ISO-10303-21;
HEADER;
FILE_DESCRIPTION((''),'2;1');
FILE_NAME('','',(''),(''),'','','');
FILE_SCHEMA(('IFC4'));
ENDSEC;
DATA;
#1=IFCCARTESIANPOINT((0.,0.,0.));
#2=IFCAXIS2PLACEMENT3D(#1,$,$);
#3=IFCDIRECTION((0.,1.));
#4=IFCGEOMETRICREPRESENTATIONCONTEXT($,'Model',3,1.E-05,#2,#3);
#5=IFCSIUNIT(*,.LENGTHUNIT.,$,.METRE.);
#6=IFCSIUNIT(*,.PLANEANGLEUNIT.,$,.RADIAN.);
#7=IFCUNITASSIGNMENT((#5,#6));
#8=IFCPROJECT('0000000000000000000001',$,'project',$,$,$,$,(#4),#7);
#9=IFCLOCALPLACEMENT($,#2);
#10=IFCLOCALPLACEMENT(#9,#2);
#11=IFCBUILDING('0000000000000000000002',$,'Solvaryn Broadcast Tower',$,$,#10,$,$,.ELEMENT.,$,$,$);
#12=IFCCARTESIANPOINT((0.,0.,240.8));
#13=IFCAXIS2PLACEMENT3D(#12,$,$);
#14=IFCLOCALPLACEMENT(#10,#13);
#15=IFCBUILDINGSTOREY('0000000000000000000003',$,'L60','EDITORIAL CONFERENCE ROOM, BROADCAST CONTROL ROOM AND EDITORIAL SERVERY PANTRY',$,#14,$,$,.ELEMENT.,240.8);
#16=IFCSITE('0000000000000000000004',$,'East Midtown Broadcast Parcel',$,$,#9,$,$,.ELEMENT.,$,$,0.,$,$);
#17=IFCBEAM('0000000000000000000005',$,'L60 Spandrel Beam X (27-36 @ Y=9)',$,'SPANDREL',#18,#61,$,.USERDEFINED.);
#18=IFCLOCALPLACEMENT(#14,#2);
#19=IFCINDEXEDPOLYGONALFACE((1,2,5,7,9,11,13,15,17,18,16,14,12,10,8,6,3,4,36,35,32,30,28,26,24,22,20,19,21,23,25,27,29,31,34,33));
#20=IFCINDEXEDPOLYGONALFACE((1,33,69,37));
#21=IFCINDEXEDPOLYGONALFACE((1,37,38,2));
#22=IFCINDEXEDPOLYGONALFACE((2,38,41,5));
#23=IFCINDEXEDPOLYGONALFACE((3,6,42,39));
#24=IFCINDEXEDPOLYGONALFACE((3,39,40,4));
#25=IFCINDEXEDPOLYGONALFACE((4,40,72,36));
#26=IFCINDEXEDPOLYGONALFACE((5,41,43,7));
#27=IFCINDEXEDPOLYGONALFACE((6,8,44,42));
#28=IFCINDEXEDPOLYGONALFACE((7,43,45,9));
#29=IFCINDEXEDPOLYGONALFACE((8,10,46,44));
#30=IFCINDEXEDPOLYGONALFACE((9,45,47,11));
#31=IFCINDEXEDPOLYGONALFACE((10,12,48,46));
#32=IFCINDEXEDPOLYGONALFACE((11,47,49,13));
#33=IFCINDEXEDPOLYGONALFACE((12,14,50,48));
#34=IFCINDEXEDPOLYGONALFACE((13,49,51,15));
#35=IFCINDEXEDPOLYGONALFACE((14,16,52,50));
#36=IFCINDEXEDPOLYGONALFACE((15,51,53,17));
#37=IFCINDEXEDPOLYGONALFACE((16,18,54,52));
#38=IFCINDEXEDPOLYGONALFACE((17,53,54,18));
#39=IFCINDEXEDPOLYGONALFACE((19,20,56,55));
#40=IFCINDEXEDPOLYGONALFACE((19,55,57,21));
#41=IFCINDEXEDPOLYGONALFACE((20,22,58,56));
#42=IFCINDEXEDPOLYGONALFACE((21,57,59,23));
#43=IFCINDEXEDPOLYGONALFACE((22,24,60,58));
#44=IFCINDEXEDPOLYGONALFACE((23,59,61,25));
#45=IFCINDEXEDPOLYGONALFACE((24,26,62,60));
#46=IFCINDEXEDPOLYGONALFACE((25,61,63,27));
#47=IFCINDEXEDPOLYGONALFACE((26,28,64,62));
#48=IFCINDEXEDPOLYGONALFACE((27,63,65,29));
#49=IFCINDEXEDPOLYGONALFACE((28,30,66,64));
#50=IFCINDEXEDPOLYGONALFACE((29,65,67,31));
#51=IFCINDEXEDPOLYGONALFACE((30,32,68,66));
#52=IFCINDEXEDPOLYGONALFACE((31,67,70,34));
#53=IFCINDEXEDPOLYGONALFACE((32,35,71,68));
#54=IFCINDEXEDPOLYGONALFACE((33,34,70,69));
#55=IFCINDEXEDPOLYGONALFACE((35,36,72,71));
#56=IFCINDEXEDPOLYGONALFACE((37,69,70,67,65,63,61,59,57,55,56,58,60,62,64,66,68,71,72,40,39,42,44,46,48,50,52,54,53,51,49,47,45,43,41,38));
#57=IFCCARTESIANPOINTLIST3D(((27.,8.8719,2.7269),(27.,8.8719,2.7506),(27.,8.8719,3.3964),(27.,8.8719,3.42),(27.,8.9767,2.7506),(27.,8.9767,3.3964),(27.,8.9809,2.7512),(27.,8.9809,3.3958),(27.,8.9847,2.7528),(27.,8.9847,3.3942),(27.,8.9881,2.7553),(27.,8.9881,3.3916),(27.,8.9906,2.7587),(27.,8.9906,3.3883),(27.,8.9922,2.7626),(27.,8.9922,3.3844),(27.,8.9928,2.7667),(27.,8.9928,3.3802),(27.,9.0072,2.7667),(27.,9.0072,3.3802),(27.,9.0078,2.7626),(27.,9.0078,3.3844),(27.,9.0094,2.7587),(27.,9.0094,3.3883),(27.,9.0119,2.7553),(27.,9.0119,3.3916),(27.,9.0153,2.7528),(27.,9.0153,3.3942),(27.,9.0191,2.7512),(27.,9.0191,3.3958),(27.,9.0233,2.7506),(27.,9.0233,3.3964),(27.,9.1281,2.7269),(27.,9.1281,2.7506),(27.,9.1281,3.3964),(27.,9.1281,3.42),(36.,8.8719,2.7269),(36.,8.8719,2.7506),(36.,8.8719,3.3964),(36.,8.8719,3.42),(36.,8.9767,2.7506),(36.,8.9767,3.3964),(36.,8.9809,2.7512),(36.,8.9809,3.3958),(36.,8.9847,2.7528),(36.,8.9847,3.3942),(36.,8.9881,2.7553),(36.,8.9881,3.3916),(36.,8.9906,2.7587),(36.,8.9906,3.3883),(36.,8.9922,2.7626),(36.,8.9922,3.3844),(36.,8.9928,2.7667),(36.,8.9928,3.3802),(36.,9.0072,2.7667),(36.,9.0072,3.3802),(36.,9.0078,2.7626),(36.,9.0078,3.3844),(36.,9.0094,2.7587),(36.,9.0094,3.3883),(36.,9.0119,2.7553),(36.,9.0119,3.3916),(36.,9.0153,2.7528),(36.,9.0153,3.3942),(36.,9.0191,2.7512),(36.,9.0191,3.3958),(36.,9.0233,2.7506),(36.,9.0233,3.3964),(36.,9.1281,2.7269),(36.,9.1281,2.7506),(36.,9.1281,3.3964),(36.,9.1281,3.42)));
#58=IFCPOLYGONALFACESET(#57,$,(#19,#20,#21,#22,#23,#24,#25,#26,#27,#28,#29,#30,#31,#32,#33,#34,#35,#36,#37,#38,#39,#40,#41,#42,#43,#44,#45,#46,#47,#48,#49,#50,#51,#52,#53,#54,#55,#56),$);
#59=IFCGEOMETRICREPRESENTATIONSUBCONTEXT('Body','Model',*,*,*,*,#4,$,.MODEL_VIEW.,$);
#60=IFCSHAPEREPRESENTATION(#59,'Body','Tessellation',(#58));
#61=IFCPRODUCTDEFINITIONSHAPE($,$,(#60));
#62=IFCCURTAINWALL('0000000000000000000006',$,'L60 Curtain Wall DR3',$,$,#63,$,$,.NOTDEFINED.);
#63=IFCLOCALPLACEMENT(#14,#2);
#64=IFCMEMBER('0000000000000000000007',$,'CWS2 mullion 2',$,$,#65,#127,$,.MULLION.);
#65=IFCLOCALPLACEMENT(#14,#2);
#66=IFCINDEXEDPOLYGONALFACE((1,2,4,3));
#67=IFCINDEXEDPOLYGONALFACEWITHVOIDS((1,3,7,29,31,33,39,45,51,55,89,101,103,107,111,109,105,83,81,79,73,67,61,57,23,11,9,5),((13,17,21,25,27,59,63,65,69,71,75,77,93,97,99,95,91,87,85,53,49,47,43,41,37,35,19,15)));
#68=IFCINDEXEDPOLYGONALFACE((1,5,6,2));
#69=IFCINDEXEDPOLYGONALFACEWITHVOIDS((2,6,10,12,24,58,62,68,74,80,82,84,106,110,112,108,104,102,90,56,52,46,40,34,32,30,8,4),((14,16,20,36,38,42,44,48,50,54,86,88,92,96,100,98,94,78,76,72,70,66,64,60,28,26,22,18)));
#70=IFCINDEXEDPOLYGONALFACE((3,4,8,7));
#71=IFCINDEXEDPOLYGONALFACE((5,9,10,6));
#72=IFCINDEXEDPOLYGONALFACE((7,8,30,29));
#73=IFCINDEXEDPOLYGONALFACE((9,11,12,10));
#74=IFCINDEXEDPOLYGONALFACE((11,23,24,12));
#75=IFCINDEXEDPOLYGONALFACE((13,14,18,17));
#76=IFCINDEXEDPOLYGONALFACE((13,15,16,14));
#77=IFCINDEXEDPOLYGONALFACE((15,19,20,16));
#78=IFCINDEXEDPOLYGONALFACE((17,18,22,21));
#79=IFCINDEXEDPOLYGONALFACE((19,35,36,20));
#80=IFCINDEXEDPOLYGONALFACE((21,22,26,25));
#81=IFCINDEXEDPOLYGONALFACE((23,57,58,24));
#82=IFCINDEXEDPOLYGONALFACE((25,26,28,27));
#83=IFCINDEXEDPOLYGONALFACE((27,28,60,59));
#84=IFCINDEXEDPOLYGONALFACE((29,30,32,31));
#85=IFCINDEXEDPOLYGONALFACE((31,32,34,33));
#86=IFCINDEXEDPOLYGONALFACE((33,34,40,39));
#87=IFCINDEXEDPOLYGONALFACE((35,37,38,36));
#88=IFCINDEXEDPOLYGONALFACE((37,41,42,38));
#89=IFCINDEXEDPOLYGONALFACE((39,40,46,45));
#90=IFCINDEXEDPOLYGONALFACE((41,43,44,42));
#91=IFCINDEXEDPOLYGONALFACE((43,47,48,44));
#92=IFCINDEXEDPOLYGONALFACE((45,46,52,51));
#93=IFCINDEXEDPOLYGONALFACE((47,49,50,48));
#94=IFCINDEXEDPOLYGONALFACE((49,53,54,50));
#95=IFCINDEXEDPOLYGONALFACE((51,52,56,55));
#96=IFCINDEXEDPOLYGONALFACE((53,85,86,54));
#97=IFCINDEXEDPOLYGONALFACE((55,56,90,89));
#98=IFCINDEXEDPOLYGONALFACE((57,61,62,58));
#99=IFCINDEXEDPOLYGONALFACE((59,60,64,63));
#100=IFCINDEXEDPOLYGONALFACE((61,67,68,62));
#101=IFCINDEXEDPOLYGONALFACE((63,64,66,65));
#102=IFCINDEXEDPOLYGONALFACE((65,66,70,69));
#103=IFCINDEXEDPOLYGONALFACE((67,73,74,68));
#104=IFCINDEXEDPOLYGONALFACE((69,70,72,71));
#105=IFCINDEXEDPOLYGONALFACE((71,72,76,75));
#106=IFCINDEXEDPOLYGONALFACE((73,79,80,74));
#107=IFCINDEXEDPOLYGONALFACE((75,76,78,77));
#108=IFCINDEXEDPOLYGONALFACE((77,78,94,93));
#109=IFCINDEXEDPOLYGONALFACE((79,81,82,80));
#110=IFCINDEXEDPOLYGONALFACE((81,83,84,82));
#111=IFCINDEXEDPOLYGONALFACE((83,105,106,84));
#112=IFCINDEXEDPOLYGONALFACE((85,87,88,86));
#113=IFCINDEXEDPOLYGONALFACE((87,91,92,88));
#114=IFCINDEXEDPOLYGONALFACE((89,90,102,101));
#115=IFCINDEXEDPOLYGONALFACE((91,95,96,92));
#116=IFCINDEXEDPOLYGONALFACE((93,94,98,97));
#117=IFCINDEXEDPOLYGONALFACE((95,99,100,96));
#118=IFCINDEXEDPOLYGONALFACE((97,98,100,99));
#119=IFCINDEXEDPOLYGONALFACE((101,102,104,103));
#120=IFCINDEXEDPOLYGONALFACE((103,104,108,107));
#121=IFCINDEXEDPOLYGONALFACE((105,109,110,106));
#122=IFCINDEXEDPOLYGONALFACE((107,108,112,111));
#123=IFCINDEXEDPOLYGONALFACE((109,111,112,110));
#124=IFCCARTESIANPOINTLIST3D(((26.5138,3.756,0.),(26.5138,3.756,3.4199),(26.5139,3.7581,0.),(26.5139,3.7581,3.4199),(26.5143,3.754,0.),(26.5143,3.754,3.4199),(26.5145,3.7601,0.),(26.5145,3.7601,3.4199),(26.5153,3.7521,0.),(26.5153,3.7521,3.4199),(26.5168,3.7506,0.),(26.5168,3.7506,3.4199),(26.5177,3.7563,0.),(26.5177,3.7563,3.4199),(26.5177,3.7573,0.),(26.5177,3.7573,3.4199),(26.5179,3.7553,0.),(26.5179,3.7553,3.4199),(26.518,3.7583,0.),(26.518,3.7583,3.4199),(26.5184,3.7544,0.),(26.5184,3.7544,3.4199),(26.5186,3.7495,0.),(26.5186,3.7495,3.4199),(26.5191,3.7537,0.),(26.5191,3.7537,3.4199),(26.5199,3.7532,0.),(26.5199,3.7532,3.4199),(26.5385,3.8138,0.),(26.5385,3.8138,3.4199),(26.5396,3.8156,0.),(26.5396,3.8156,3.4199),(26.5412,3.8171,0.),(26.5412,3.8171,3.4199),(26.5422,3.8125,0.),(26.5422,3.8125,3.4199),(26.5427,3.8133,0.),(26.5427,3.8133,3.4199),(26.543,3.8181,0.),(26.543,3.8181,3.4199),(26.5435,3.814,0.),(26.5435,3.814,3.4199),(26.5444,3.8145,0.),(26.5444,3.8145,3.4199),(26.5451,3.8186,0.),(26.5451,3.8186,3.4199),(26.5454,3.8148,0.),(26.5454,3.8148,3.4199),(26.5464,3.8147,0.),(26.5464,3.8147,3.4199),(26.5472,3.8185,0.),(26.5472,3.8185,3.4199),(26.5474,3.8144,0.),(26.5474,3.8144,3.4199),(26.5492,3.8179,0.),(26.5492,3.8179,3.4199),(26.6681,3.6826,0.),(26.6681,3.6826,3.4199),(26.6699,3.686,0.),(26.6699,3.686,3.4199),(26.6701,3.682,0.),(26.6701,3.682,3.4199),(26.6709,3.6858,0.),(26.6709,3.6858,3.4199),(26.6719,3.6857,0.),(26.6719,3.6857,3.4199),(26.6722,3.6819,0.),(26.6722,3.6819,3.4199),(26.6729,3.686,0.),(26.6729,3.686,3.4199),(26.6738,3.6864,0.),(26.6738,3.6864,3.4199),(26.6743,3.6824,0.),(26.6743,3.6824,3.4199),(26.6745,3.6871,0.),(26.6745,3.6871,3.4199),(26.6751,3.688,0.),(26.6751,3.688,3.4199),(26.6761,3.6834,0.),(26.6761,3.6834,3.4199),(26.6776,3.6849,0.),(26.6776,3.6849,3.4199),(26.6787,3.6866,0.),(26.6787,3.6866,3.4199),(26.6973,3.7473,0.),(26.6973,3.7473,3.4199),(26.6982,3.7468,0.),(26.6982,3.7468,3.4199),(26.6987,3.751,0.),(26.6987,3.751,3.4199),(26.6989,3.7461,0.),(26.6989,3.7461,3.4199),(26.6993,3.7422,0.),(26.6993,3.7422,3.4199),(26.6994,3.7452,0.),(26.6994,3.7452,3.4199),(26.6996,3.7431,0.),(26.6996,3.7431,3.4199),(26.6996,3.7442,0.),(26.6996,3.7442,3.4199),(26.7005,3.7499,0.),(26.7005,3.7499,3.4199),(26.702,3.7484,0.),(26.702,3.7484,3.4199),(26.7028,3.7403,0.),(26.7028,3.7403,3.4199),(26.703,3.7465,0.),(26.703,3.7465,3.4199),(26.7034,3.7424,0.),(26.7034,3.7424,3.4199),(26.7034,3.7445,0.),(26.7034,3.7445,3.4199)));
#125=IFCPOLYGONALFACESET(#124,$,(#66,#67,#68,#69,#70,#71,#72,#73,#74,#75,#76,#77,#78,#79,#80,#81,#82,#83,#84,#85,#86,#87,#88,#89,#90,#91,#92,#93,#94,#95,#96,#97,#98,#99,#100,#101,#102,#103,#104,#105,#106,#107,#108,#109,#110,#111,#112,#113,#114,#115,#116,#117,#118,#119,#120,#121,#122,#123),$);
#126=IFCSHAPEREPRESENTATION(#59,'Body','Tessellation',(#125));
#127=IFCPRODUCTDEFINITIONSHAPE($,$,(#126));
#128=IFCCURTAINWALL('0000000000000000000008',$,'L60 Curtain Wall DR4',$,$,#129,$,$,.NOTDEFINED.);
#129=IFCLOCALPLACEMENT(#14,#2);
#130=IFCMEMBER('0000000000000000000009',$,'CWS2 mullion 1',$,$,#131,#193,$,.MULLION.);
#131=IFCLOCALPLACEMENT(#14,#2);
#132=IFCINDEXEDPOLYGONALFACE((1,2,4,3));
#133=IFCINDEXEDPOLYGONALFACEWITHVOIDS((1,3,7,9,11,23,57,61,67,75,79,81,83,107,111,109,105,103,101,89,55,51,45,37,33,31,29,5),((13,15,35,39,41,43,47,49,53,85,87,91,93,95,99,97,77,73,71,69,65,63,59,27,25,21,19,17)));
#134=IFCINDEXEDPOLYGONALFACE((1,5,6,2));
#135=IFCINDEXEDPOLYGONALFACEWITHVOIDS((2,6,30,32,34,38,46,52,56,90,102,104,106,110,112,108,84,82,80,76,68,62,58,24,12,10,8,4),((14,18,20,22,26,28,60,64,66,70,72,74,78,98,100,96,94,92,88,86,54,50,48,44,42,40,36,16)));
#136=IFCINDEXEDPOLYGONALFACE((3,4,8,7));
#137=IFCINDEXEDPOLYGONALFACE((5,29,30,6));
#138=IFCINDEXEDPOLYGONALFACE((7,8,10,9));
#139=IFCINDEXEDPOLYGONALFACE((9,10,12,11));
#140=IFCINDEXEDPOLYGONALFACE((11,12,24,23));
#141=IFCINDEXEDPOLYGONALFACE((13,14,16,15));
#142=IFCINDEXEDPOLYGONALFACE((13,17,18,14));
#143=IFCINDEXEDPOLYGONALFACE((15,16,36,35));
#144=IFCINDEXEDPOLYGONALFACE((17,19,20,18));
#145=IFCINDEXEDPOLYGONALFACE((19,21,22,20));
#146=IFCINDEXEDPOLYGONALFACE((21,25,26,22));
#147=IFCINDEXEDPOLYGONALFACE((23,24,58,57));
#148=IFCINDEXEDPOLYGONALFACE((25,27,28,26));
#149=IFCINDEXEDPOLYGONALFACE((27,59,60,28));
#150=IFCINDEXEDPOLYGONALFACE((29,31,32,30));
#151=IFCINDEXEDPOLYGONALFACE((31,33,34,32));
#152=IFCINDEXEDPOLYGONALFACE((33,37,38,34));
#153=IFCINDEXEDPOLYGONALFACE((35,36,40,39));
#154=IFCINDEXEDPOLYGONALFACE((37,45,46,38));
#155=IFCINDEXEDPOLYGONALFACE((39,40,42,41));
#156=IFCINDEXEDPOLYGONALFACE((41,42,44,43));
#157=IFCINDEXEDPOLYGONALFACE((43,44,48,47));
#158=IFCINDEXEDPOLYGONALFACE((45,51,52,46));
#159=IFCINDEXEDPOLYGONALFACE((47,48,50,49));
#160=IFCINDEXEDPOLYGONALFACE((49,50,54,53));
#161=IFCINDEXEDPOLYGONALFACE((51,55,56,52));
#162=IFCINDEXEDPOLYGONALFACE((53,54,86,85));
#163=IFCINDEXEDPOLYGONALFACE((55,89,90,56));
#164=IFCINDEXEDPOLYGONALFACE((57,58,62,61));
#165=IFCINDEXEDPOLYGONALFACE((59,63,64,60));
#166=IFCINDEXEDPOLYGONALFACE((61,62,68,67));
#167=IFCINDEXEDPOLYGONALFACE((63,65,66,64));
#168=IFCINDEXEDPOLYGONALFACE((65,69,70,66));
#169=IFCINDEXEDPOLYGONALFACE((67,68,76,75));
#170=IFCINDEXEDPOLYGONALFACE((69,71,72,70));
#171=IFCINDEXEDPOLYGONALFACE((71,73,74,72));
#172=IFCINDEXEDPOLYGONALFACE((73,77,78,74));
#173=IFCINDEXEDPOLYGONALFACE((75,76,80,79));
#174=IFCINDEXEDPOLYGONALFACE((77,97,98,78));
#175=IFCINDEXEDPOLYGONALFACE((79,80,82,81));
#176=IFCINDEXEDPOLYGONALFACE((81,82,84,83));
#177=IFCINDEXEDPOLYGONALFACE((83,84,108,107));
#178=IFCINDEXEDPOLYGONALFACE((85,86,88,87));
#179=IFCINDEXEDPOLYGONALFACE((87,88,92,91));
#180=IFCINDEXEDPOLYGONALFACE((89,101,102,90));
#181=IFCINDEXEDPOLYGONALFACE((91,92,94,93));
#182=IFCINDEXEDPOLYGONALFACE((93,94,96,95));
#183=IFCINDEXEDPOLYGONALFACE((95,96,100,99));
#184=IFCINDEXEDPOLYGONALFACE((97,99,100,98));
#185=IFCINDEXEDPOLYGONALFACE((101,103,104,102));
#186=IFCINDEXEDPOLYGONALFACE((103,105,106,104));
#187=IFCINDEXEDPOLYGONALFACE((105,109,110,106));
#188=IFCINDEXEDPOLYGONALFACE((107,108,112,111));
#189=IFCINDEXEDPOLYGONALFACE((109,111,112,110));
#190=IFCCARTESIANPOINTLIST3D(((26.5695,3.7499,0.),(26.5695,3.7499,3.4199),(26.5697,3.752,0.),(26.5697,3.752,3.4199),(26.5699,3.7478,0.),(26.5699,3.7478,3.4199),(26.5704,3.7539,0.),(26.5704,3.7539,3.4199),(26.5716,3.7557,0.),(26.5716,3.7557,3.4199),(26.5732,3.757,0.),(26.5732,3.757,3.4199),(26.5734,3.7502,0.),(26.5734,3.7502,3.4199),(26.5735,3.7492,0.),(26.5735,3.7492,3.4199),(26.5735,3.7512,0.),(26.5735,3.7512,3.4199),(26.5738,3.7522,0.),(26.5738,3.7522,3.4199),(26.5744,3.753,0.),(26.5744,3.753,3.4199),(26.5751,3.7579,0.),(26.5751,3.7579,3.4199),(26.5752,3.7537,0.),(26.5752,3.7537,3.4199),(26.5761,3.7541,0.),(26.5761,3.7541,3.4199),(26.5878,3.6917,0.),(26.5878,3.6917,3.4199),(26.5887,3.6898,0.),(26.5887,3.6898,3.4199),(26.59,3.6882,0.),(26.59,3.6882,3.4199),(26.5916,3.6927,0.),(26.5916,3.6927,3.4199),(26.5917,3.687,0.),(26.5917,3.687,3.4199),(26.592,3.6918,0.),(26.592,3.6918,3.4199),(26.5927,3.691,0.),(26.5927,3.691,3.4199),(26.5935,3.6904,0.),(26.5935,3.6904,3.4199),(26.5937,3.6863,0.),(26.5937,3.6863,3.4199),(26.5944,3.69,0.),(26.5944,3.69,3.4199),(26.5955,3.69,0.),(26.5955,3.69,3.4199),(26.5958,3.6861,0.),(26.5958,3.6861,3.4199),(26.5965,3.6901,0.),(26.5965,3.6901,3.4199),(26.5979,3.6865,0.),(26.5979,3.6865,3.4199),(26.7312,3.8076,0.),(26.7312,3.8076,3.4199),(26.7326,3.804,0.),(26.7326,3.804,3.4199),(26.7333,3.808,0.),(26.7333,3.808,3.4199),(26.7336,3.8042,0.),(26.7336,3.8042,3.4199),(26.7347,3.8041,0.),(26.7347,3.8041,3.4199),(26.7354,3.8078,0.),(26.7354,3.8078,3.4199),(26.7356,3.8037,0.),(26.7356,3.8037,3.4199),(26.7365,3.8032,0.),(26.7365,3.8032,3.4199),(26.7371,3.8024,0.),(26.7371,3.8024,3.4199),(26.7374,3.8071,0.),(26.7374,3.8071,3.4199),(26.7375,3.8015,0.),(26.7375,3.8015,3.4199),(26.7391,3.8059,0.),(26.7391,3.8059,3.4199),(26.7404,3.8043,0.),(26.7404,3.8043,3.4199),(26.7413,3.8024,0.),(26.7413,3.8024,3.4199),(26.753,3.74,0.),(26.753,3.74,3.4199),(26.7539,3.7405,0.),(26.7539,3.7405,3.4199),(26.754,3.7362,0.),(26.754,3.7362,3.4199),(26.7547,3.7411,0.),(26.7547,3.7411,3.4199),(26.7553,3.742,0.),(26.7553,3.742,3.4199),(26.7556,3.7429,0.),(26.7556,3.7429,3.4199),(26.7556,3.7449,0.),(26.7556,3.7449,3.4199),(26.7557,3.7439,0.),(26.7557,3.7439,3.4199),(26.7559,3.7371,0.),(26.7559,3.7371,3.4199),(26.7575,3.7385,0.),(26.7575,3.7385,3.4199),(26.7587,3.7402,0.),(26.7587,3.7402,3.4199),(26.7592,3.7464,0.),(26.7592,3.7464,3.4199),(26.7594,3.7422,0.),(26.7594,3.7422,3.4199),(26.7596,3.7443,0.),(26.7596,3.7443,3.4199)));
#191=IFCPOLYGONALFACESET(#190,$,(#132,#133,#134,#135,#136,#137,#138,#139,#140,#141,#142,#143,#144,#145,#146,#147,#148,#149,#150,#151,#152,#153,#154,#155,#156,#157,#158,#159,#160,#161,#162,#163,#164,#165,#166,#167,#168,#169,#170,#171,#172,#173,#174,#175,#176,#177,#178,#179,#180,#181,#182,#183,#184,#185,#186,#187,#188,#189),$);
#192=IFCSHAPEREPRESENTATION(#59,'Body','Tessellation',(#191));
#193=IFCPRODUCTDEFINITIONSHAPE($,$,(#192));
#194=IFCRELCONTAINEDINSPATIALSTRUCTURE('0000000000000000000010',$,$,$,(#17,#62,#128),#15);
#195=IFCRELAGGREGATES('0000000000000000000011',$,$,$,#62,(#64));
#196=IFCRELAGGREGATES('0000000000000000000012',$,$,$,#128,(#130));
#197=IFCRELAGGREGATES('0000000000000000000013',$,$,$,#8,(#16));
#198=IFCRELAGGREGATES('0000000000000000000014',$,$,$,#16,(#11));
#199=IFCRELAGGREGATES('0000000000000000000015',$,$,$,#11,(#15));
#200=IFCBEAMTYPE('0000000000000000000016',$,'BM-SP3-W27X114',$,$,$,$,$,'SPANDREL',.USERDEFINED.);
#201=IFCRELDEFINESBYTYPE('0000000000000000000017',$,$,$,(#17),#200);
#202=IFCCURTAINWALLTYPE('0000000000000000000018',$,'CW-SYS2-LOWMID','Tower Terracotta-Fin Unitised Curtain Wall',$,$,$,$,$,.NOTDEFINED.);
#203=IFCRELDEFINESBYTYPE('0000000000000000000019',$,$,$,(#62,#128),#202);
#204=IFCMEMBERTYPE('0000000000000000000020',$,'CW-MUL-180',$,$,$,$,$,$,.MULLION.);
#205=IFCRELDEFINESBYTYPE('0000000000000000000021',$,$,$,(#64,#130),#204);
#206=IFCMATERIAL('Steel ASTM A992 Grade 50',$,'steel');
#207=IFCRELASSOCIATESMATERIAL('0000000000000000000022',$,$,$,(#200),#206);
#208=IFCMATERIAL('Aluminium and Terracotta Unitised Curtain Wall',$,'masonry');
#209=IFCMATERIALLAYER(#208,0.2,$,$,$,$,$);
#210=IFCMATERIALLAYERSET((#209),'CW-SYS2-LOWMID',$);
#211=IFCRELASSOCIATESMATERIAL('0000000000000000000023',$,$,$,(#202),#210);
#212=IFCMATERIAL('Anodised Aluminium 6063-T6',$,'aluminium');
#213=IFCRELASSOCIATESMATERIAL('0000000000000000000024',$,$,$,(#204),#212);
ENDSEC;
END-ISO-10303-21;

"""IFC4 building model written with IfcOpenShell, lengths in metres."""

from ifc_helpers import new_model, si_unit, direction, frame, origin, origin_2d, place, context, subcontext, project, spatial, hollow_rectangle, i_section, extrude, material, layer, layer_set, material_profile, profile_set, type_object, element, aggregate, save


model = new_model("IFC4")

# Units and contexts
model_context = context("Model", 3, precision=1e-05, world=origin(), true_north=direction((0.0, 1.0)))
body_context = subcontext(model_context, "Body", "Model", "MODEL_VIEW")
ifc_project = project(units=[si_unit("LENGTHUNIT", "METRE"), si_unit("PLANEANGLEUNIT", "RADIAN")], contexts=[model_context])

# Site, building, storey
site_placement = place(None, origin())
site = spatial("IfcSite", under=ifc_project, at=site_placement, Name="East Midtown Broadcast Parcel", CompositionType="ELEMENT", RefElevation=0.0)
building_placement = place(site_placement, origin())
building = spatial("IfcBuilding", under=site, at=building_placement, Name="Solvaryn Broadcast Tower", CompositionType="ELEMENT")
storey_placement = place(building_placement, frame((0.0, 0.0, 240.8)))
storey = spatial("IfcBuildingStorey", under=building, at=storey_placement, Name="L60", Description="EDITORIAL CONFERENCE ROOM, BROADCAST CONTROL ROOM AND EDITORIAL SERVERY PANTRY", CompositionType="ELEMENT", Elevation=240.8)

# Beam
ifc_material_1 = material(Name="Steel ASTM A992 Grade 50", Category="steel")
ifc_material_profile_1 = material_profile(ifc_material_1, i_section(OverallWidth=0.2561, OverallDepth=0.6931, WebThickness=0.0144, FlangeThickness=0.0237, FilletRadius=0.0161, at=origin_2d()))
ifc_profile_set_1 = profile_set([ifc_material_profile_1], Name="Steel ASTM A992 Grade 50")
beam_type_1 = type_object("IfcBeamType", Name="BM-SP3-W27X114", ElementType="SPANDREL", PredefinedType="USERDEFINED", material=ifc_profile_set_1)
beam_1_placement = place(storey_placement, frame((27.0, 9.0, 3.0735), z_axis=(1.0, 0.0, 0.0), x_axis=(0.0, 1.0, 0.0)))
element("IfcBeam", 1, at=beam_1_placement, inside=storey, type_object=beam_type_1, Name="L60 Spandrel Beam X (27-36 @ Y=9)", ObjectType="SPANDREL", PredefinedType="USERDEFINED", context=body_context, shape_type="SweptSolid", body=[
    extrude(i_section(OverallWidth=0.2561, OverallDepth=0.6931, WebThickness=0.0144, FlangeThickness=0.0237, FilletRadius=0.0161, at=origin_2d()), origin(), (0.0, 0.0, 1.0), 9.0),
])

# Curtain wall, member
ifc_material_2 = material(Name="Aluminium and Terracotta Unitised Curtain Wall", Category="masonry")
ifc_layer_1 = layer(ifc_material_2, 0.2)
ifc_layer_set_1 = layer_set([ifc_layer_1], Name="CW-SYS2-LOWMID")
curtain_wall_type = type_object("IfcCurtainWallType", Name="CW-SYS2-LOWMID", Description="Tower Terracotta-Fin Unitised Curtain Wall", PredefinedType="NOTDEFINED", material=ifc_layer_set_1)
curtain_wall_1_placement = place(storey_placement, origin())
curtain_wall_1 = element("IfcCurtainWall", 2, at=curtain_wall_1_placement, inside=storey, type_object=curtain_wall_type, Name="L60 Curtain Wall DR3", PredefinedType="NOTDEFINED")
ifc_material_3 = material(Name="Anodised Aluminium 6063-T6", Category="aluminium")
ifc_material_profile_2 = material_profile(ifc_material_3, hollow_rectangle(XDim=0.075, YDim=0.1799, WallThickness=0.0039, InnerFilletRadius=0.0039, OuterFilletRadius=0.0081, at=origin_2d()))
ifc_profile_set_2 = profile_set([ifc_material_profile_2], Name="Anodised Aluminium 6063-T6")
member_type_1 = type_object("IfcMemberType", Name="CW-MUL-180", PredefinedType="MULLION", material=ifc_profile_set_2)
member_1_placement = place(storey_placement, frame((26.6086, 3.7502, 0.0), z_axis=(0.0, 0.0, 1.0), x_axis=(0.408466, 0.912774, 0.0)))
member_1 = element("IfcMember", 3, at=member_1_placement, type_object=member_type_1, Name="CWS2 mullion 2", PredefinedType="MULLION", context=body_context, shape_type="SweptSolid", body=[
    extrude(hollow_rectangle(XDim=0.075, YDim=0.1799, WallThickness=0.0039, InnerFilletRadius=0.0039, OuterFilletRadius=0.0081, at=origin_2d()), origin(), (0.0, 0.0, 1.0), 3.4199),
])
aggregate(curtain_wall_1, [member_1])

# Curtain wall, member
curtain_wall_2_placement = place(storey_placement, origin())
curtain_wall_2 = element("IfcCurtainWall", 4, at=curtain_wall_2_placement, inside=storey, type_object=curtain_wall_type, Name="L60 Curtain Wall DR4", PredefinedType="NOTDEFINED")
member_2_placement = place(storey_placement, frame((26.6646, 3.7471, 0.0), z_axis=(0.0, 0.0, 1.0), x_axis=(-0.303616, 0.952795, 0.0)))
member_2 = element("IfcMember", 5, at=member_2_placement, type_object=member_type_1, Name="CWS2 mullion 1", PredefinedType="MULLION", context=body_context, shape_type="SweptSolid", body=[
    extrude(hollow_rectangle(XDim=0.075, YDim=0.1799, WallThickness=0.0039, InnerFilletRadius=0.0039, OuterFilletRadius=0.0081, at=origin_2d()), origin(), (0.0, 0.0, 1.0), 3.4199),
])
aggregate(curtain_wall_2, [member_2])

save(model, "model.ifc")
